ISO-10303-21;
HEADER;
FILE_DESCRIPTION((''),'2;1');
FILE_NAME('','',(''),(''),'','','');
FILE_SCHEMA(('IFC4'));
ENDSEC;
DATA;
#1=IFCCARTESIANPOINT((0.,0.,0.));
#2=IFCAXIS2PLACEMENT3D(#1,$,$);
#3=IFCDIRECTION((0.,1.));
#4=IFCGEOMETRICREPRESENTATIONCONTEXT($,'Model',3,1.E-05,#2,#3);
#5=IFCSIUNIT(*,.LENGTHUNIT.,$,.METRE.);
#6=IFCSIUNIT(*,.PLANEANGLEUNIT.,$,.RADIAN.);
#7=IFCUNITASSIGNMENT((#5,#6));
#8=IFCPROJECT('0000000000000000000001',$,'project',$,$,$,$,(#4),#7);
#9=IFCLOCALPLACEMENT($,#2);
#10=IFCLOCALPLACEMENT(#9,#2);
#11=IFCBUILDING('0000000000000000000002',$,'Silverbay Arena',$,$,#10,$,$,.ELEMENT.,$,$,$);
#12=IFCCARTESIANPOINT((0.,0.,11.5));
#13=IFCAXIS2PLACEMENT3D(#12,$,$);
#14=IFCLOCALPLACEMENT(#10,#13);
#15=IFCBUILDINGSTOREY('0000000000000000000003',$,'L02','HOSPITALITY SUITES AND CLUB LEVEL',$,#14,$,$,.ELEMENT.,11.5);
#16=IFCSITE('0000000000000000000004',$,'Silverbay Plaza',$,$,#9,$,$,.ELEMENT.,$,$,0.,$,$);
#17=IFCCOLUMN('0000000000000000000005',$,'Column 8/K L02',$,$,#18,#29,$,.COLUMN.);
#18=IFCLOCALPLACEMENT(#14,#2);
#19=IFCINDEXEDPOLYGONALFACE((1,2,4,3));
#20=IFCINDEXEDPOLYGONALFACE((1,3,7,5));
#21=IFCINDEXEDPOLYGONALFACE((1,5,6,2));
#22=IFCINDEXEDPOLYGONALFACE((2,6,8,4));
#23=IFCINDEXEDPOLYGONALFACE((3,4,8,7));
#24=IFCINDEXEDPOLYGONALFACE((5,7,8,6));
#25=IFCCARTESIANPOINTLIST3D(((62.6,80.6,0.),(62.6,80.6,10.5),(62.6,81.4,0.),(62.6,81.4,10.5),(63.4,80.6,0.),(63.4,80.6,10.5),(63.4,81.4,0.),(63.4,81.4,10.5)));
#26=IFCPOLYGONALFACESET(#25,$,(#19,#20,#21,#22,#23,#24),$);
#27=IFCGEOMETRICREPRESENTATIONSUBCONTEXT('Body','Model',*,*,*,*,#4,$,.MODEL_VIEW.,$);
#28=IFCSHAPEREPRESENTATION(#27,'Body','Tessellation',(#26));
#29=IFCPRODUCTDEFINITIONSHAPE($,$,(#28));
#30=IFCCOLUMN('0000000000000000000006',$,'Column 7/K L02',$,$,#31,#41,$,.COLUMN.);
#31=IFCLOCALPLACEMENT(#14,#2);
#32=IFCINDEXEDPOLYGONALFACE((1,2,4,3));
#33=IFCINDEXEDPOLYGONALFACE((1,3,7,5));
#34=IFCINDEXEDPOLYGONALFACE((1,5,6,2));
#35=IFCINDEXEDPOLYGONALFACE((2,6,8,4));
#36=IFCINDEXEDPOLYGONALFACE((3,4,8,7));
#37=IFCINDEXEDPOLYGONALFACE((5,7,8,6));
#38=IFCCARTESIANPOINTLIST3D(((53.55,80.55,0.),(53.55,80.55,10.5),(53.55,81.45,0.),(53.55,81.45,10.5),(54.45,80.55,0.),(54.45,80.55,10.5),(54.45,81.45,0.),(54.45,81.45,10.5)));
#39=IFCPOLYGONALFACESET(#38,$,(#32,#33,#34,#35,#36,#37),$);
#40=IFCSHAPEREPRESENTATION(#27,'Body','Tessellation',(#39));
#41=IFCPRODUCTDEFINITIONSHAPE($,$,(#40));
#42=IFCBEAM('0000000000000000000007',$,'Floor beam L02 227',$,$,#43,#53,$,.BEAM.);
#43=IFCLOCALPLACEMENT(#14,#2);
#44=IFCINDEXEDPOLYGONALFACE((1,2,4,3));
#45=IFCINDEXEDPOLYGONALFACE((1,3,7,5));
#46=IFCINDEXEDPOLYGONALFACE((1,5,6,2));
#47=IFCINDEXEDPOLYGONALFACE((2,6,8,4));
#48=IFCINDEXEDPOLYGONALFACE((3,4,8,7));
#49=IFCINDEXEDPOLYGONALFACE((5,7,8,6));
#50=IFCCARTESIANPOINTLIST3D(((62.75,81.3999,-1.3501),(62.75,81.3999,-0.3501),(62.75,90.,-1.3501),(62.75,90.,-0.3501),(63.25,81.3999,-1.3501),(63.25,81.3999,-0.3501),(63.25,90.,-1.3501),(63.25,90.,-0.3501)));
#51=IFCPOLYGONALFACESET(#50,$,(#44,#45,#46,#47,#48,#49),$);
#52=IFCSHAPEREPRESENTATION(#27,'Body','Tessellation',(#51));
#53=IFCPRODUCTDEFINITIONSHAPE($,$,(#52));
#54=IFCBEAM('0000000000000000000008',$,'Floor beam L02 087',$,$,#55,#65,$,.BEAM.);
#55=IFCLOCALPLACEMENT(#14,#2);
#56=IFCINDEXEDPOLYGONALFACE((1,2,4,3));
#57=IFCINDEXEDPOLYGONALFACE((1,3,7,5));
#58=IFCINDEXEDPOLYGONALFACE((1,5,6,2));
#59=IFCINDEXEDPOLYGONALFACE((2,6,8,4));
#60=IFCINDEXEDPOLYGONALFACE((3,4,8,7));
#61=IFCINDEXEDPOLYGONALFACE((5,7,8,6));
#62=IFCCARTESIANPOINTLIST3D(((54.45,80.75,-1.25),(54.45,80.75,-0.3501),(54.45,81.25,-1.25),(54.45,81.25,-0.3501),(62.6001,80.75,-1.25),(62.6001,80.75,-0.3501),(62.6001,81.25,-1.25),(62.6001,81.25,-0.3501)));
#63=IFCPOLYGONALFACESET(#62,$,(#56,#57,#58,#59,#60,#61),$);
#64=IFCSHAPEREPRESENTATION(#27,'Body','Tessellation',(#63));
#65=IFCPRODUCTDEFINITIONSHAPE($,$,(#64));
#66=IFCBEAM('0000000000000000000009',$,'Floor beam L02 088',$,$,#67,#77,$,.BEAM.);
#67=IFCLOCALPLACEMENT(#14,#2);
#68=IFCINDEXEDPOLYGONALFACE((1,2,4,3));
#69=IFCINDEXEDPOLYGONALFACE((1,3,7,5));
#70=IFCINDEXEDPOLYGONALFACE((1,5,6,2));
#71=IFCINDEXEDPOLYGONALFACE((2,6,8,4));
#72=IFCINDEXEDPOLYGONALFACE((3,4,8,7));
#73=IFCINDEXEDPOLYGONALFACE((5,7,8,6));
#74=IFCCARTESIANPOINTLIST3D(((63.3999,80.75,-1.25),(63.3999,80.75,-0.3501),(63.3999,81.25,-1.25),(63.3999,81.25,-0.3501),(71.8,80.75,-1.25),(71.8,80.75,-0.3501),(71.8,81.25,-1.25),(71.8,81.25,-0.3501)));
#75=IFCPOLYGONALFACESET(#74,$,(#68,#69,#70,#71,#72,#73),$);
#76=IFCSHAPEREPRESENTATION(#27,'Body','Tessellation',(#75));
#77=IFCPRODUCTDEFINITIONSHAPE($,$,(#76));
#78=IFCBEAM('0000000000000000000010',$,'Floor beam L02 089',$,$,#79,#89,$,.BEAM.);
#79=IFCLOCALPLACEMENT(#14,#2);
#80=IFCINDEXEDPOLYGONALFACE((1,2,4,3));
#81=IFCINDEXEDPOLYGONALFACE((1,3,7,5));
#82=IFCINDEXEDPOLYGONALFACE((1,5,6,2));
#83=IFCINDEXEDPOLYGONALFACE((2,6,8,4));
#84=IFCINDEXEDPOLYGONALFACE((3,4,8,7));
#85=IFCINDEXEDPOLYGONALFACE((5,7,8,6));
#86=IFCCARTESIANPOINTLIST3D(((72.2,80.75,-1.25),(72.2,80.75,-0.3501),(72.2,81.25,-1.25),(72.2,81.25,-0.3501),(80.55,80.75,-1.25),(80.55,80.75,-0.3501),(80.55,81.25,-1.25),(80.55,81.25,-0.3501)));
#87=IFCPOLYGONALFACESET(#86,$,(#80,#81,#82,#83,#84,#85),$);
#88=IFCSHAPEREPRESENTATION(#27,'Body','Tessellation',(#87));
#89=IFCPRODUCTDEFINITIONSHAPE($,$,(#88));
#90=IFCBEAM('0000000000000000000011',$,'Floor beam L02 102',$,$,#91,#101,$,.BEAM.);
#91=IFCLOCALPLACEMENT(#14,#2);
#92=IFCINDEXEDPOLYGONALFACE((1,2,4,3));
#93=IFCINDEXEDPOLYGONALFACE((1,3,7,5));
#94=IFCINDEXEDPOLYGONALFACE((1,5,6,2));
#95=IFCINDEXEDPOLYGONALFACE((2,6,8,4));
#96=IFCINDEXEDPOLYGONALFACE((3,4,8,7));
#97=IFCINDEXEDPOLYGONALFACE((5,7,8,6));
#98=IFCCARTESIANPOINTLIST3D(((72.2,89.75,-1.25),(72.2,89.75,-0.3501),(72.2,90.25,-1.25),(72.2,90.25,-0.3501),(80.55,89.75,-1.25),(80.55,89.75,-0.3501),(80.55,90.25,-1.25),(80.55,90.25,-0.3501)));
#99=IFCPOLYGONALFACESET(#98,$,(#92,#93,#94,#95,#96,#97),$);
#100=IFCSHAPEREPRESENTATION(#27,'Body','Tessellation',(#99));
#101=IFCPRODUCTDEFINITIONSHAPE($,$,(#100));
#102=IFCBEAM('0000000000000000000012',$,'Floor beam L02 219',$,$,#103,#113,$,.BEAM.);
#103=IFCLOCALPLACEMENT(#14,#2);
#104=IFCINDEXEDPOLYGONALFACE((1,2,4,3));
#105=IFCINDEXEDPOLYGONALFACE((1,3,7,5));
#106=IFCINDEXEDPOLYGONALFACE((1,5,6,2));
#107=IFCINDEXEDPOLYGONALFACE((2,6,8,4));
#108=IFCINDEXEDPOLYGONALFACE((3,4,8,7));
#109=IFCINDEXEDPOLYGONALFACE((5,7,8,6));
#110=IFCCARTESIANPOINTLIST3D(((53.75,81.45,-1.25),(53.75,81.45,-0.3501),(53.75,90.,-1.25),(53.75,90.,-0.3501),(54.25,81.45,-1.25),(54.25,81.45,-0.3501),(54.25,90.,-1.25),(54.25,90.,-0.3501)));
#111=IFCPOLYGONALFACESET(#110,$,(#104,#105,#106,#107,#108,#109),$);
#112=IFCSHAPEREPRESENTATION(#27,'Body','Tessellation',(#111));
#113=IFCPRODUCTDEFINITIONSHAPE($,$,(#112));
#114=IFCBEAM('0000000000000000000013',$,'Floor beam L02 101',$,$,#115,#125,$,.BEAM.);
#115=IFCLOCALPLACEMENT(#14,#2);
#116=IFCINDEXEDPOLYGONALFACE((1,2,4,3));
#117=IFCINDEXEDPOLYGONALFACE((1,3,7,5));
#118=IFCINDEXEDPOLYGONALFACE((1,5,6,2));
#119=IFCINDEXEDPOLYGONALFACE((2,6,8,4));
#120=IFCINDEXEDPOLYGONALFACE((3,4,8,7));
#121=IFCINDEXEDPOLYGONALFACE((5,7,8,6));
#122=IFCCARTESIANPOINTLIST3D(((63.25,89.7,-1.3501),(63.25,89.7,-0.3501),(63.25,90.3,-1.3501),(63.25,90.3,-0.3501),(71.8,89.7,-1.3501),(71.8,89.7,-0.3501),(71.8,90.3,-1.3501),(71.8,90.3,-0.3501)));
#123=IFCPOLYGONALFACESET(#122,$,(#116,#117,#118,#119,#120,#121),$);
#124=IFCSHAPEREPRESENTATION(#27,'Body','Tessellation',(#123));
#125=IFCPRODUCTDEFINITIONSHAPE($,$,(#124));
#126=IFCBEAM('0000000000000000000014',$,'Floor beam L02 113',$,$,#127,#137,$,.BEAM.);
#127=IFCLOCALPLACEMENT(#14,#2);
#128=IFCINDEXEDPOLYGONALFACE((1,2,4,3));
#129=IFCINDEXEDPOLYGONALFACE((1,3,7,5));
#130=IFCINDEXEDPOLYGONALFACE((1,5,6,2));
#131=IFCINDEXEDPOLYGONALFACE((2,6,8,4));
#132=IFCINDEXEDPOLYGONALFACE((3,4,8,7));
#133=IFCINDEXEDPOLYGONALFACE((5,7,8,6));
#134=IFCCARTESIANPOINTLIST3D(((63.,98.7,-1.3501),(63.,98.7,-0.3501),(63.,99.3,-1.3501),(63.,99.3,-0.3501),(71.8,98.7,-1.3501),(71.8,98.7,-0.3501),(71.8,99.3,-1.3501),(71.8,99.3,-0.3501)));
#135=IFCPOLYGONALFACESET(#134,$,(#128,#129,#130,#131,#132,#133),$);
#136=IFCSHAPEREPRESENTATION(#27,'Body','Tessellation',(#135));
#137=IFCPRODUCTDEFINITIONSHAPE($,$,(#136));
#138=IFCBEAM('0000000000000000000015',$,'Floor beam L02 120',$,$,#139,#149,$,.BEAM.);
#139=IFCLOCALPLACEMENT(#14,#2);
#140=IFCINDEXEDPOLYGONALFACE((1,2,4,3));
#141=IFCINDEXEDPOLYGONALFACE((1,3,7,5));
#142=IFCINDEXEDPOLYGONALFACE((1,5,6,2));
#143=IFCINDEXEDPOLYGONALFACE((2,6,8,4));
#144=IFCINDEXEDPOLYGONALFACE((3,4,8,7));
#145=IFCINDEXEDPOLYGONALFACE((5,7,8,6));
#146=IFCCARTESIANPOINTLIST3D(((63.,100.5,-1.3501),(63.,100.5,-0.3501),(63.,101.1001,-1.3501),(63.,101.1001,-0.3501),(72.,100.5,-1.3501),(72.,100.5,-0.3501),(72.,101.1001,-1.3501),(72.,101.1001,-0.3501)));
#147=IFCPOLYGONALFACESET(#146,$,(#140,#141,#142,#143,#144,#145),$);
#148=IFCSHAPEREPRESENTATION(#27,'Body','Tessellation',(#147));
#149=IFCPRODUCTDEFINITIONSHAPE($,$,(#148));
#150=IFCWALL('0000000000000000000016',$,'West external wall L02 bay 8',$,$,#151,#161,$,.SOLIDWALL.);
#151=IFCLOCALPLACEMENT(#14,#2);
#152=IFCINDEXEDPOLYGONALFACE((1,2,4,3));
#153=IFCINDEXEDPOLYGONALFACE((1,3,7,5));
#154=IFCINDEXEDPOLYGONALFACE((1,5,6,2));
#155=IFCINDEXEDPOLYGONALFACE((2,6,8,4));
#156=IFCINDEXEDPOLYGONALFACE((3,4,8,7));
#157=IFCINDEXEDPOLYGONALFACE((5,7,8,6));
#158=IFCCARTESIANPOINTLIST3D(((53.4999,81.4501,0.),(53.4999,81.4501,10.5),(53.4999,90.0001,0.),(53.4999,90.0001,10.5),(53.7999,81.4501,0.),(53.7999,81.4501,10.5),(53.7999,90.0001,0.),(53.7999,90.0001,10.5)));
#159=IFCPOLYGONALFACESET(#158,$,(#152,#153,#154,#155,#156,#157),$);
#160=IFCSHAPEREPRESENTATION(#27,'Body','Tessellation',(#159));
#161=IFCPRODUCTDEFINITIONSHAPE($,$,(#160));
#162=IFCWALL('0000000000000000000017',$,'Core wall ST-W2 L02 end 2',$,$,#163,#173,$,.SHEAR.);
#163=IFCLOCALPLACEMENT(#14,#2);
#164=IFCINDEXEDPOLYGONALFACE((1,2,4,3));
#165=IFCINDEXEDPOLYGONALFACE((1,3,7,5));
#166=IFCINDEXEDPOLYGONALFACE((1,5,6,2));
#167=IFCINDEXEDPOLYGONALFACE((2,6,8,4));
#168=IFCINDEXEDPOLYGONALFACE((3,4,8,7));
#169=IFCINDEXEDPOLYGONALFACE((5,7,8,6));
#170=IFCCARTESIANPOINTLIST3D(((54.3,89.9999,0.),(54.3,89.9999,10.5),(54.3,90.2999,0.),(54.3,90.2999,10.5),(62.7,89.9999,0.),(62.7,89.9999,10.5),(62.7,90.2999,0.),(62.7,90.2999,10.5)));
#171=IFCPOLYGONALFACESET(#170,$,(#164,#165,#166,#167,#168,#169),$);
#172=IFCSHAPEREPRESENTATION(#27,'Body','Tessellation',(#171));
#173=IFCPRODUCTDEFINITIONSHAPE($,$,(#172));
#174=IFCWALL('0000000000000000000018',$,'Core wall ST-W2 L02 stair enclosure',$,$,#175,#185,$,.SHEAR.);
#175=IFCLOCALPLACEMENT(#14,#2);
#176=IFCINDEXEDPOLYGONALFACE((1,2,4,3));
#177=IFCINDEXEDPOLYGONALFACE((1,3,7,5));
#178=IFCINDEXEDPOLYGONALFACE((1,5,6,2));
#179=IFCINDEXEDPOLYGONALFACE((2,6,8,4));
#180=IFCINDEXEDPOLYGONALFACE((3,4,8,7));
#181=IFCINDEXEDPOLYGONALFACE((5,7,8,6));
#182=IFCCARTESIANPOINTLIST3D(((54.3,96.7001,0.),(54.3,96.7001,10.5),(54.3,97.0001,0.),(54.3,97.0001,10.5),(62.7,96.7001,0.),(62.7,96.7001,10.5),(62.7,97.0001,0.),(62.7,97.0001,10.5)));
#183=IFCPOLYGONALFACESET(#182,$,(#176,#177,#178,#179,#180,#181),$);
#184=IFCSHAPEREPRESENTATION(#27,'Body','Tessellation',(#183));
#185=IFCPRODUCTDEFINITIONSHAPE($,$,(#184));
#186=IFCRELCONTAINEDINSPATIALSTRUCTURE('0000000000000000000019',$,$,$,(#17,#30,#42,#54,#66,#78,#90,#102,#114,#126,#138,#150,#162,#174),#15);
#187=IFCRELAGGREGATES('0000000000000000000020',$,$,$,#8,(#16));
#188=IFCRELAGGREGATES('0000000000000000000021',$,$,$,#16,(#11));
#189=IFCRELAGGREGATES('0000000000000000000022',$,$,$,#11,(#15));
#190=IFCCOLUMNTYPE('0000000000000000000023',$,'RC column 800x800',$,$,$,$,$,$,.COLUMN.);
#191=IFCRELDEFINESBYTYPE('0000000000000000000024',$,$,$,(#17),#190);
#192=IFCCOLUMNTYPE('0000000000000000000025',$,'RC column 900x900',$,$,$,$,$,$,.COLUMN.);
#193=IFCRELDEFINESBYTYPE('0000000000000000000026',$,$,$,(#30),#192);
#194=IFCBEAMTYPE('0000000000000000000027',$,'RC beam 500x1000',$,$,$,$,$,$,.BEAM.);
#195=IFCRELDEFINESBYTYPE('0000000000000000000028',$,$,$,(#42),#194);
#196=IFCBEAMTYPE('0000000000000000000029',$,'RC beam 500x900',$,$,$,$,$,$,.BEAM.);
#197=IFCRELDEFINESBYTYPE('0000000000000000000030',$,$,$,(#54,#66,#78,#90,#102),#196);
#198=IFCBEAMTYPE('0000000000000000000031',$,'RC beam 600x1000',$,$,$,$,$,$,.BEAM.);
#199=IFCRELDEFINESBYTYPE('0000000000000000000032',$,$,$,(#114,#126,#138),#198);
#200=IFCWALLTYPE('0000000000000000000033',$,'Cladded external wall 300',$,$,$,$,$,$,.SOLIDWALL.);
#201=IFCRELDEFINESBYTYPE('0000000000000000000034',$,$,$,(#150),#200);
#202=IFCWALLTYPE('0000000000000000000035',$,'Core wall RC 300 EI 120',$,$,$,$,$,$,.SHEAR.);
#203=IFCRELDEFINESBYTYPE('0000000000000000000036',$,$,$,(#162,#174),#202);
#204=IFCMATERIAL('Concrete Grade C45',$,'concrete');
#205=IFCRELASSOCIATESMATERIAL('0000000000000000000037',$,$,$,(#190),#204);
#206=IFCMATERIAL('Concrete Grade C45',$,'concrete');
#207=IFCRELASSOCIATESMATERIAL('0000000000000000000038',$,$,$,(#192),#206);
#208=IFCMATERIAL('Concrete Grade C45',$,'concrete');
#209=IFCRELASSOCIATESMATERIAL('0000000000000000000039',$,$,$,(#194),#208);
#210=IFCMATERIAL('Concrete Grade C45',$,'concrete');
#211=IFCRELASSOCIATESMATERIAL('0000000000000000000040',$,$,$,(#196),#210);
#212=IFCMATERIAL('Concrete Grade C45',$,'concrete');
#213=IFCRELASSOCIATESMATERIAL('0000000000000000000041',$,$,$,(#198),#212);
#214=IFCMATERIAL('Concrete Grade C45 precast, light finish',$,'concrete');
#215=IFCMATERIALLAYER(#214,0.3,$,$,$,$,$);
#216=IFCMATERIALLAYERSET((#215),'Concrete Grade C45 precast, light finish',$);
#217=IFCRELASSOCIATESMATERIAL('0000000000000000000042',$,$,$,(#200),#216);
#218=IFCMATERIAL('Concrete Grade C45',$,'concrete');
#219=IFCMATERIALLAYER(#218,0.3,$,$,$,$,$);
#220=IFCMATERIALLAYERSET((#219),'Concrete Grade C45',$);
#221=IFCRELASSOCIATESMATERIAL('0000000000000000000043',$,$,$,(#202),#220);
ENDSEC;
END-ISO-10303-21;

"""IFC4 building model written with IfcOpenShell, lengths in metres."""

from ifc_helpers import new_model, si_unit, direction, frame, frame_2d, origin, origin_2d, place, context, subcontext, project, spatial, rectangle, extrude, material, layer, layer_set, material_profile, profile_set, type_object, element, save


model = new_model("IFC4")

# Units and contexts
model_context = context("Model", 3, precision=1e-05, world=origin(), true_north=direction((0.0, 1.0)))
body_context = subcontext(model_context, "Body", "Model", "MODEL_VIEW")
ifc_project = project(units=[si_unit("LENGTHUNIT", "METRE"), si_unit("PLANEANGLEUNIT", "RADIAN")], contexts=[model_context])

# Site, building, storey
site_placement = place(None, origin())
site = spatial("IfcSite", under=ifc_project, at=site_placement, Name="Silverbay Plaza", CompositionType="ELEMENT", RefElevation=0.0)
building_placement = place(site_placement, origin())
building = spatial("IfcBuilding", under=site, at=building_placement, Name="Silverbay Arena", CompositionType="ELEMENT")
storey_placement = place(building_placement, frame((0.0, 0.0, 11.5)))
storey = spatial("IfcBuildingStorey", under=building, at=storey_placement, Name="L02", Description="HOSPITALITY SUITES AND CLUB LEVEL", CompositionType="ELEMENT", Elevation=11.5)

# Columns
ifc_material_1 = material(Name="Concrete Grade C45", Category="concrete")
ifc_material_profile_1 = material_profile(ifc_material_1, rectangle(XDim=0.8, YDim=0.8, at=origin_2d()), Name="RC 800x800")
ifc_profile_set_1 = profile_set([ifc_material_profile_1], Name="Concrete Grade C45")
column_type_1 = type_object("IfcColumnType", Name="RC column 800x800", PredefinedType="COLUMN", material=ifc_profile_set_1)
column_1_placement = place(storey_placement, frame((63.0, 81.0, 0.0), z_axis=(0.0, 0.0, 1.0), x_axis=(1.0, 0.0, 0.0)))
element("IfcColumn", 1, at=column_1_placement, inside=storey, type_object=column_type_1, Name="Column 8/K L02", PredefinedType="COLUMN", context=body_context, shape_type="SweptSolid", body=[
    extrude(rectangle(XDim=0.8, YDim=0.8, at=origin_2d()), origin(), (0.0, 0.0, 1.0), 10.5),
])
ifc_material_2 = material(Name="Concrete Grade C45", Category="concrete")
ifc_material_profile_2 = material_profile(ifc_material_2, rectangle(XDim=0.8999, YDim=0.8999, at=origin_2d()), Name="RC 900x900")
ifc_profile_set_2 = profile_set([ifc_material_profile_2], Name="Concrete Grade C45")
column_type_2 = type_object("IfcColumnType", Name="RC column 900x900", PredefinedType="COLUMN", material=ifc_profile_set_2)
column_2_placement = place(storey_placement, frame((54.0, 81.0, 0.0), z_axis=(0.0, 0.0, 1.0), x_axis=(1.0, 0.0, 0.0)))
element("IfcColumn", 2, at=column_2_placement, inside=storey, type_object=column_type_2, Name="Column 7/K L02", PredefinedType="COLUMN", context=body_context, shape_type="SweptSolid", body=[
    extrude(rectangle(XDim=0.8999, YDim=0.8999, at=origin_2d()), origin(), (0.0, 0.0, 1.0), 10.5),
])

# Beams
ifc_material_3 = material(Name="Concrete Grade C45", Category="concrete")
ifc_material_profile_3 = material_profile(ifc_material_3, rectangle(XDim=0.5, YDim=1.0, at=origin_2d()), Name="RC 500x1000")
ifc_profile_set_3 = profile_set([ifc_material_profile_3], Name="Concrete Grade C45")
beam_type_1 = type_object("IfcBeamType", Name="RC beam 500x1000", PredefinedType="BEAM", material=ifc_profile_set_3)
beam_1_placement = place(storey_placement, frame((63.0, 81.3999, -0.8501), z_axis=(0.0, 1.0, 0.0), x_axis=(-1.0, 0.0, 0.0)))
element("IfcBeam", 3, at=beam_1_placement, inside=storey, type_object=beam_type_1, Name="Floor beam L02 227", PredefinedType="BEAM", context=body_context, shape_type="SweptSolid", body=[
    extrude(rectangle(XDim=0.5, YDim=1.0, at=origin_2d()), origin(), (0.0, 0.0, 1.0), 8.6001),
])
ifc_material_4 = material(Name="Concrete Grade C45", Category="concrete")
ifc_material_profile_4 = material_profile(ifc_material_4, rectangle(XDim=0.5, YDim=0.8999, at=origin_2d()), Name="RC 500x900")
ifc_profile_set_4 = profile_set([ifc_material_profile_4], Name="Concrete Grade C45")
beam_type_2 = type_object("IfcBeamType", Name="RC beam 500x900", PredefinedType="BEAM", material=ifc_profile_set_4)
beam_2_placement = place(storey_placement, frame((54.45, 81.0, -0.8), z_axis=(1.0, 0.0, 0.0), x_axis=(0.0, 1.0, 0.0)))
element("IfcBeam", 4, at=beam_2_placement, inside=storey, type_object=beam_type_2, Name="Floor beam L02 087", PredefinedType="BEAM", context=body_context, shape_type="SweptSolid", body=[
    extrude(rectangle(XDim=0.5, YDim=0.8999, at=origin_2d()), origin(), (0.0, 0.0, 1.0), 8.1501),
])
beam_3_placement = place(storey_placement, frame((63.3999, 81.0, -0.8), z_axis=(1.0, 0.0, 0.0), x_axis=(0.0, 1.0, 0.0)))
element("IfcBeam", 5, at=beam_3_placement, inside=storey, type_object=beam_type_2, Name="Floor beam L02 088", PredefinedType="BEAM", context=body_context, shape_type="SweptSolid", body=[
    extrude(rectangle(XDim=0.5, YDim=0.8999, at=origin_2d()), origin(), (0.0, 0.0, 1.0), 8.4001),
])
for number, where, z_axis, x_axis, name in (
    (6, (72.2, 81.0, -0.8), (1.0, 0.0, 0.0), (0.0, 1.0, 0.0), "Floor beam L02 089"),
    (7, (72.2, 90.0, -0.8), (1.0, 0.0, 0.0), (0.0, 1.0, 0.0), "Floor beam L02 102"),
):
    element("IfcBeam", number, at=place(storey_placement, frame(where, z_axis=z_axis, x_axis=x_axis)), inside=storey, type_object=beam_type_2, Name=name, PredefinedType="BEAM", context=body_context, shape_type="SweptSolid", body=[
        extrude(rectangle(XDim=0.5, YDim=0.8999, at=origin_2d()), origin(), (0.0, 0.0, 1.0), 8.3501),
    ])
beam_4_placement = place(storey_placement, frame((54.0, 81.45, -0.8), z_axis=(0.0, 1.0, 0.0), x_axis=(-1.0, 0.0, 0.0)))
element("IfcBeam", 8, at=beam_4_placement, inside=storey, type_object=beam_type_2, Name="Floor beam L02 219", PredefinedType="BEAM", context=body_context, shape_type="SweptSolid", body=[
    extrude(rectangle(XDim=0.5, YDim=0.8999, at=origin_2d()), origin(), (0.0, 0.0, 1.0), 8.55),
])
ifc_material_5 = material(Name="Concrete Grade C45", Category="concrete")
ifc_material_profile_5 = material_profile(ifc_material_5, rectangle(XDim=0.6001, YDim=1.0, at=origin_2d()), Name="RC 600x1000")
ifc_profile_set_5 = profile_set([ifc_material_profile_5], Name="Concrete Grade C45")
beam_type_3 = type_object("IfcBeamType", Name="RC beam 600x1000", PredefinedType="BEAM", material=ifc_profile_set_5)
beam_5_placement = place(storey_placement, frame((63.25, 90.0, -0.8501), z_axis=(1.0, 0.0, 0.0), x_axis=(0.0, 1.0, 0.0)))
element("IfcBeam", 9, at=beam_5_placement, inside=storey, type_object=beam_type_3, Name="Floor beam L02 101", PredefinedType="BEAM", context=body_context, shape_type="SweptSolid", body=[
    extrude(rectangle(XDim=0.6001, YDim=1.0, at=origin_2d()), origin(), (0.0, 0.0, 1.0), 8.55),
])
beam_6_placement = place(storey_placement, frame((63.0, 99.0, -0.8501), z_axis=(1.0, 0.0, 0.0), x_axis=(0.0, 1.0, 0.0)))
element("IfcBeam", 10, at=beam_6_placement, inside=storey, type_object=beam_type_3, Name="Floor beam L02 113", PredefinedType="BEAM", context=body_context, shape_type="SweptSolid", body=[
    extrude(rectangle(XDim=0.6001, YDim=1.0, at=origin_2d()), origin(), (0.0, 0.0, 1.0), 8.8),
])
beam_7_placement = place(storey_placement, frame((63.0, 100.8, -0.8501), z_axis=(1.0, 0.0, 0.0), x_axis=(0.0, 1.0, 0.0)))
element("IfcBeam", 11, at=beam_7_placement, inside=storey, type_object=beam_type_3, Name="Floor beam L02 120", PredefinedType="BEAM", context=body_context, shape_type="SweptSolid", body=[
    extrude(rectangle(XDim=0.6001, YDim=1.0, at=origin_2d()), origin(), (0.0, 0.0, 1.0), 9.0),
])

# Walls
ifc_material_6 = material(Name="Concrete Grade C45 precast, light finish", Category="concrete")
ifc_layer_1 = layer(ifc_material_6, 0.3)
ifc_layer_set_1 = layer_set([ifc_layer_1], Name="Concrete Grade C45 precast, light finish")
wall_type_1 = type_object("IfcWallType", Name="Cladded external wall 300", PredefinedType="SOLIDWALL", material=ifc_layer_set_1)
wall_1_placement = place(storey_placement, frame((53.6499, 90.0, 0.0), z_axis=(0.0, 0.0, 1.0), x_axis=(0.0, -1.0, 0.0)))
element("IfcWall", 12, at=wall_1_placement, inside=storey, type_object=wall_type_1, Name="West external wall L02 bay 8", PredefinedType="SOLIDWALL", context=body_context, shape_type="SweptSolid", body=[
    extrude(rectangle(XDim=8.55, YDim=0.3, at=frame_2d((4.2749, 0.0))), origin(), (0.0, 0.0, 1.0), 10.5),
])
ifc_material_7 = material(Name="Concrete Grade C45", Category="concrete")
ifc_layer_2 = layer(ifc_material_7, 0.3)
ifc_layer_set_2 = layer_set([ifc_layer_2], Name="Concrete Grade C45")
wall_type_2 = type_object("IfcWallType", Name="Core wall RC 300 EI 120", PredefinedType="SHEAR", material=ifc_layer_set_2)
for number, where, z_axis, x_axis, name in (
    (13, (62.7, 90.1499, 0.0), (0.0, 0.0, 1.0), (-1.0, 0.0, 0.0), "Core wall ST-W2 L02 end 2"),
    (14, (62.7, 96.8501, 0.0), (0.0, 0.0, 1.0), (-1.0, 0.0, 0.0), "Core wall ST-W2 L02 stair enclosure"),
):
    element("IfcWall", number, at=place(storey_placement, frame(where, z_axis=z_axis, x_axis=x_axis)), inside=storey, type_object=wall_type_2, Name=name, PredefinedType="SHEAR", context=body_context, shape_type="SweptSolid", body=[
        extrude(rectangle(XDim=8.3999, YDim=0.3, at=frame_2d((4.2, 0.0))), origin(), (0.0, 0.0, 1.0), 10.5),
    ])

save(model, "model.ifc")
